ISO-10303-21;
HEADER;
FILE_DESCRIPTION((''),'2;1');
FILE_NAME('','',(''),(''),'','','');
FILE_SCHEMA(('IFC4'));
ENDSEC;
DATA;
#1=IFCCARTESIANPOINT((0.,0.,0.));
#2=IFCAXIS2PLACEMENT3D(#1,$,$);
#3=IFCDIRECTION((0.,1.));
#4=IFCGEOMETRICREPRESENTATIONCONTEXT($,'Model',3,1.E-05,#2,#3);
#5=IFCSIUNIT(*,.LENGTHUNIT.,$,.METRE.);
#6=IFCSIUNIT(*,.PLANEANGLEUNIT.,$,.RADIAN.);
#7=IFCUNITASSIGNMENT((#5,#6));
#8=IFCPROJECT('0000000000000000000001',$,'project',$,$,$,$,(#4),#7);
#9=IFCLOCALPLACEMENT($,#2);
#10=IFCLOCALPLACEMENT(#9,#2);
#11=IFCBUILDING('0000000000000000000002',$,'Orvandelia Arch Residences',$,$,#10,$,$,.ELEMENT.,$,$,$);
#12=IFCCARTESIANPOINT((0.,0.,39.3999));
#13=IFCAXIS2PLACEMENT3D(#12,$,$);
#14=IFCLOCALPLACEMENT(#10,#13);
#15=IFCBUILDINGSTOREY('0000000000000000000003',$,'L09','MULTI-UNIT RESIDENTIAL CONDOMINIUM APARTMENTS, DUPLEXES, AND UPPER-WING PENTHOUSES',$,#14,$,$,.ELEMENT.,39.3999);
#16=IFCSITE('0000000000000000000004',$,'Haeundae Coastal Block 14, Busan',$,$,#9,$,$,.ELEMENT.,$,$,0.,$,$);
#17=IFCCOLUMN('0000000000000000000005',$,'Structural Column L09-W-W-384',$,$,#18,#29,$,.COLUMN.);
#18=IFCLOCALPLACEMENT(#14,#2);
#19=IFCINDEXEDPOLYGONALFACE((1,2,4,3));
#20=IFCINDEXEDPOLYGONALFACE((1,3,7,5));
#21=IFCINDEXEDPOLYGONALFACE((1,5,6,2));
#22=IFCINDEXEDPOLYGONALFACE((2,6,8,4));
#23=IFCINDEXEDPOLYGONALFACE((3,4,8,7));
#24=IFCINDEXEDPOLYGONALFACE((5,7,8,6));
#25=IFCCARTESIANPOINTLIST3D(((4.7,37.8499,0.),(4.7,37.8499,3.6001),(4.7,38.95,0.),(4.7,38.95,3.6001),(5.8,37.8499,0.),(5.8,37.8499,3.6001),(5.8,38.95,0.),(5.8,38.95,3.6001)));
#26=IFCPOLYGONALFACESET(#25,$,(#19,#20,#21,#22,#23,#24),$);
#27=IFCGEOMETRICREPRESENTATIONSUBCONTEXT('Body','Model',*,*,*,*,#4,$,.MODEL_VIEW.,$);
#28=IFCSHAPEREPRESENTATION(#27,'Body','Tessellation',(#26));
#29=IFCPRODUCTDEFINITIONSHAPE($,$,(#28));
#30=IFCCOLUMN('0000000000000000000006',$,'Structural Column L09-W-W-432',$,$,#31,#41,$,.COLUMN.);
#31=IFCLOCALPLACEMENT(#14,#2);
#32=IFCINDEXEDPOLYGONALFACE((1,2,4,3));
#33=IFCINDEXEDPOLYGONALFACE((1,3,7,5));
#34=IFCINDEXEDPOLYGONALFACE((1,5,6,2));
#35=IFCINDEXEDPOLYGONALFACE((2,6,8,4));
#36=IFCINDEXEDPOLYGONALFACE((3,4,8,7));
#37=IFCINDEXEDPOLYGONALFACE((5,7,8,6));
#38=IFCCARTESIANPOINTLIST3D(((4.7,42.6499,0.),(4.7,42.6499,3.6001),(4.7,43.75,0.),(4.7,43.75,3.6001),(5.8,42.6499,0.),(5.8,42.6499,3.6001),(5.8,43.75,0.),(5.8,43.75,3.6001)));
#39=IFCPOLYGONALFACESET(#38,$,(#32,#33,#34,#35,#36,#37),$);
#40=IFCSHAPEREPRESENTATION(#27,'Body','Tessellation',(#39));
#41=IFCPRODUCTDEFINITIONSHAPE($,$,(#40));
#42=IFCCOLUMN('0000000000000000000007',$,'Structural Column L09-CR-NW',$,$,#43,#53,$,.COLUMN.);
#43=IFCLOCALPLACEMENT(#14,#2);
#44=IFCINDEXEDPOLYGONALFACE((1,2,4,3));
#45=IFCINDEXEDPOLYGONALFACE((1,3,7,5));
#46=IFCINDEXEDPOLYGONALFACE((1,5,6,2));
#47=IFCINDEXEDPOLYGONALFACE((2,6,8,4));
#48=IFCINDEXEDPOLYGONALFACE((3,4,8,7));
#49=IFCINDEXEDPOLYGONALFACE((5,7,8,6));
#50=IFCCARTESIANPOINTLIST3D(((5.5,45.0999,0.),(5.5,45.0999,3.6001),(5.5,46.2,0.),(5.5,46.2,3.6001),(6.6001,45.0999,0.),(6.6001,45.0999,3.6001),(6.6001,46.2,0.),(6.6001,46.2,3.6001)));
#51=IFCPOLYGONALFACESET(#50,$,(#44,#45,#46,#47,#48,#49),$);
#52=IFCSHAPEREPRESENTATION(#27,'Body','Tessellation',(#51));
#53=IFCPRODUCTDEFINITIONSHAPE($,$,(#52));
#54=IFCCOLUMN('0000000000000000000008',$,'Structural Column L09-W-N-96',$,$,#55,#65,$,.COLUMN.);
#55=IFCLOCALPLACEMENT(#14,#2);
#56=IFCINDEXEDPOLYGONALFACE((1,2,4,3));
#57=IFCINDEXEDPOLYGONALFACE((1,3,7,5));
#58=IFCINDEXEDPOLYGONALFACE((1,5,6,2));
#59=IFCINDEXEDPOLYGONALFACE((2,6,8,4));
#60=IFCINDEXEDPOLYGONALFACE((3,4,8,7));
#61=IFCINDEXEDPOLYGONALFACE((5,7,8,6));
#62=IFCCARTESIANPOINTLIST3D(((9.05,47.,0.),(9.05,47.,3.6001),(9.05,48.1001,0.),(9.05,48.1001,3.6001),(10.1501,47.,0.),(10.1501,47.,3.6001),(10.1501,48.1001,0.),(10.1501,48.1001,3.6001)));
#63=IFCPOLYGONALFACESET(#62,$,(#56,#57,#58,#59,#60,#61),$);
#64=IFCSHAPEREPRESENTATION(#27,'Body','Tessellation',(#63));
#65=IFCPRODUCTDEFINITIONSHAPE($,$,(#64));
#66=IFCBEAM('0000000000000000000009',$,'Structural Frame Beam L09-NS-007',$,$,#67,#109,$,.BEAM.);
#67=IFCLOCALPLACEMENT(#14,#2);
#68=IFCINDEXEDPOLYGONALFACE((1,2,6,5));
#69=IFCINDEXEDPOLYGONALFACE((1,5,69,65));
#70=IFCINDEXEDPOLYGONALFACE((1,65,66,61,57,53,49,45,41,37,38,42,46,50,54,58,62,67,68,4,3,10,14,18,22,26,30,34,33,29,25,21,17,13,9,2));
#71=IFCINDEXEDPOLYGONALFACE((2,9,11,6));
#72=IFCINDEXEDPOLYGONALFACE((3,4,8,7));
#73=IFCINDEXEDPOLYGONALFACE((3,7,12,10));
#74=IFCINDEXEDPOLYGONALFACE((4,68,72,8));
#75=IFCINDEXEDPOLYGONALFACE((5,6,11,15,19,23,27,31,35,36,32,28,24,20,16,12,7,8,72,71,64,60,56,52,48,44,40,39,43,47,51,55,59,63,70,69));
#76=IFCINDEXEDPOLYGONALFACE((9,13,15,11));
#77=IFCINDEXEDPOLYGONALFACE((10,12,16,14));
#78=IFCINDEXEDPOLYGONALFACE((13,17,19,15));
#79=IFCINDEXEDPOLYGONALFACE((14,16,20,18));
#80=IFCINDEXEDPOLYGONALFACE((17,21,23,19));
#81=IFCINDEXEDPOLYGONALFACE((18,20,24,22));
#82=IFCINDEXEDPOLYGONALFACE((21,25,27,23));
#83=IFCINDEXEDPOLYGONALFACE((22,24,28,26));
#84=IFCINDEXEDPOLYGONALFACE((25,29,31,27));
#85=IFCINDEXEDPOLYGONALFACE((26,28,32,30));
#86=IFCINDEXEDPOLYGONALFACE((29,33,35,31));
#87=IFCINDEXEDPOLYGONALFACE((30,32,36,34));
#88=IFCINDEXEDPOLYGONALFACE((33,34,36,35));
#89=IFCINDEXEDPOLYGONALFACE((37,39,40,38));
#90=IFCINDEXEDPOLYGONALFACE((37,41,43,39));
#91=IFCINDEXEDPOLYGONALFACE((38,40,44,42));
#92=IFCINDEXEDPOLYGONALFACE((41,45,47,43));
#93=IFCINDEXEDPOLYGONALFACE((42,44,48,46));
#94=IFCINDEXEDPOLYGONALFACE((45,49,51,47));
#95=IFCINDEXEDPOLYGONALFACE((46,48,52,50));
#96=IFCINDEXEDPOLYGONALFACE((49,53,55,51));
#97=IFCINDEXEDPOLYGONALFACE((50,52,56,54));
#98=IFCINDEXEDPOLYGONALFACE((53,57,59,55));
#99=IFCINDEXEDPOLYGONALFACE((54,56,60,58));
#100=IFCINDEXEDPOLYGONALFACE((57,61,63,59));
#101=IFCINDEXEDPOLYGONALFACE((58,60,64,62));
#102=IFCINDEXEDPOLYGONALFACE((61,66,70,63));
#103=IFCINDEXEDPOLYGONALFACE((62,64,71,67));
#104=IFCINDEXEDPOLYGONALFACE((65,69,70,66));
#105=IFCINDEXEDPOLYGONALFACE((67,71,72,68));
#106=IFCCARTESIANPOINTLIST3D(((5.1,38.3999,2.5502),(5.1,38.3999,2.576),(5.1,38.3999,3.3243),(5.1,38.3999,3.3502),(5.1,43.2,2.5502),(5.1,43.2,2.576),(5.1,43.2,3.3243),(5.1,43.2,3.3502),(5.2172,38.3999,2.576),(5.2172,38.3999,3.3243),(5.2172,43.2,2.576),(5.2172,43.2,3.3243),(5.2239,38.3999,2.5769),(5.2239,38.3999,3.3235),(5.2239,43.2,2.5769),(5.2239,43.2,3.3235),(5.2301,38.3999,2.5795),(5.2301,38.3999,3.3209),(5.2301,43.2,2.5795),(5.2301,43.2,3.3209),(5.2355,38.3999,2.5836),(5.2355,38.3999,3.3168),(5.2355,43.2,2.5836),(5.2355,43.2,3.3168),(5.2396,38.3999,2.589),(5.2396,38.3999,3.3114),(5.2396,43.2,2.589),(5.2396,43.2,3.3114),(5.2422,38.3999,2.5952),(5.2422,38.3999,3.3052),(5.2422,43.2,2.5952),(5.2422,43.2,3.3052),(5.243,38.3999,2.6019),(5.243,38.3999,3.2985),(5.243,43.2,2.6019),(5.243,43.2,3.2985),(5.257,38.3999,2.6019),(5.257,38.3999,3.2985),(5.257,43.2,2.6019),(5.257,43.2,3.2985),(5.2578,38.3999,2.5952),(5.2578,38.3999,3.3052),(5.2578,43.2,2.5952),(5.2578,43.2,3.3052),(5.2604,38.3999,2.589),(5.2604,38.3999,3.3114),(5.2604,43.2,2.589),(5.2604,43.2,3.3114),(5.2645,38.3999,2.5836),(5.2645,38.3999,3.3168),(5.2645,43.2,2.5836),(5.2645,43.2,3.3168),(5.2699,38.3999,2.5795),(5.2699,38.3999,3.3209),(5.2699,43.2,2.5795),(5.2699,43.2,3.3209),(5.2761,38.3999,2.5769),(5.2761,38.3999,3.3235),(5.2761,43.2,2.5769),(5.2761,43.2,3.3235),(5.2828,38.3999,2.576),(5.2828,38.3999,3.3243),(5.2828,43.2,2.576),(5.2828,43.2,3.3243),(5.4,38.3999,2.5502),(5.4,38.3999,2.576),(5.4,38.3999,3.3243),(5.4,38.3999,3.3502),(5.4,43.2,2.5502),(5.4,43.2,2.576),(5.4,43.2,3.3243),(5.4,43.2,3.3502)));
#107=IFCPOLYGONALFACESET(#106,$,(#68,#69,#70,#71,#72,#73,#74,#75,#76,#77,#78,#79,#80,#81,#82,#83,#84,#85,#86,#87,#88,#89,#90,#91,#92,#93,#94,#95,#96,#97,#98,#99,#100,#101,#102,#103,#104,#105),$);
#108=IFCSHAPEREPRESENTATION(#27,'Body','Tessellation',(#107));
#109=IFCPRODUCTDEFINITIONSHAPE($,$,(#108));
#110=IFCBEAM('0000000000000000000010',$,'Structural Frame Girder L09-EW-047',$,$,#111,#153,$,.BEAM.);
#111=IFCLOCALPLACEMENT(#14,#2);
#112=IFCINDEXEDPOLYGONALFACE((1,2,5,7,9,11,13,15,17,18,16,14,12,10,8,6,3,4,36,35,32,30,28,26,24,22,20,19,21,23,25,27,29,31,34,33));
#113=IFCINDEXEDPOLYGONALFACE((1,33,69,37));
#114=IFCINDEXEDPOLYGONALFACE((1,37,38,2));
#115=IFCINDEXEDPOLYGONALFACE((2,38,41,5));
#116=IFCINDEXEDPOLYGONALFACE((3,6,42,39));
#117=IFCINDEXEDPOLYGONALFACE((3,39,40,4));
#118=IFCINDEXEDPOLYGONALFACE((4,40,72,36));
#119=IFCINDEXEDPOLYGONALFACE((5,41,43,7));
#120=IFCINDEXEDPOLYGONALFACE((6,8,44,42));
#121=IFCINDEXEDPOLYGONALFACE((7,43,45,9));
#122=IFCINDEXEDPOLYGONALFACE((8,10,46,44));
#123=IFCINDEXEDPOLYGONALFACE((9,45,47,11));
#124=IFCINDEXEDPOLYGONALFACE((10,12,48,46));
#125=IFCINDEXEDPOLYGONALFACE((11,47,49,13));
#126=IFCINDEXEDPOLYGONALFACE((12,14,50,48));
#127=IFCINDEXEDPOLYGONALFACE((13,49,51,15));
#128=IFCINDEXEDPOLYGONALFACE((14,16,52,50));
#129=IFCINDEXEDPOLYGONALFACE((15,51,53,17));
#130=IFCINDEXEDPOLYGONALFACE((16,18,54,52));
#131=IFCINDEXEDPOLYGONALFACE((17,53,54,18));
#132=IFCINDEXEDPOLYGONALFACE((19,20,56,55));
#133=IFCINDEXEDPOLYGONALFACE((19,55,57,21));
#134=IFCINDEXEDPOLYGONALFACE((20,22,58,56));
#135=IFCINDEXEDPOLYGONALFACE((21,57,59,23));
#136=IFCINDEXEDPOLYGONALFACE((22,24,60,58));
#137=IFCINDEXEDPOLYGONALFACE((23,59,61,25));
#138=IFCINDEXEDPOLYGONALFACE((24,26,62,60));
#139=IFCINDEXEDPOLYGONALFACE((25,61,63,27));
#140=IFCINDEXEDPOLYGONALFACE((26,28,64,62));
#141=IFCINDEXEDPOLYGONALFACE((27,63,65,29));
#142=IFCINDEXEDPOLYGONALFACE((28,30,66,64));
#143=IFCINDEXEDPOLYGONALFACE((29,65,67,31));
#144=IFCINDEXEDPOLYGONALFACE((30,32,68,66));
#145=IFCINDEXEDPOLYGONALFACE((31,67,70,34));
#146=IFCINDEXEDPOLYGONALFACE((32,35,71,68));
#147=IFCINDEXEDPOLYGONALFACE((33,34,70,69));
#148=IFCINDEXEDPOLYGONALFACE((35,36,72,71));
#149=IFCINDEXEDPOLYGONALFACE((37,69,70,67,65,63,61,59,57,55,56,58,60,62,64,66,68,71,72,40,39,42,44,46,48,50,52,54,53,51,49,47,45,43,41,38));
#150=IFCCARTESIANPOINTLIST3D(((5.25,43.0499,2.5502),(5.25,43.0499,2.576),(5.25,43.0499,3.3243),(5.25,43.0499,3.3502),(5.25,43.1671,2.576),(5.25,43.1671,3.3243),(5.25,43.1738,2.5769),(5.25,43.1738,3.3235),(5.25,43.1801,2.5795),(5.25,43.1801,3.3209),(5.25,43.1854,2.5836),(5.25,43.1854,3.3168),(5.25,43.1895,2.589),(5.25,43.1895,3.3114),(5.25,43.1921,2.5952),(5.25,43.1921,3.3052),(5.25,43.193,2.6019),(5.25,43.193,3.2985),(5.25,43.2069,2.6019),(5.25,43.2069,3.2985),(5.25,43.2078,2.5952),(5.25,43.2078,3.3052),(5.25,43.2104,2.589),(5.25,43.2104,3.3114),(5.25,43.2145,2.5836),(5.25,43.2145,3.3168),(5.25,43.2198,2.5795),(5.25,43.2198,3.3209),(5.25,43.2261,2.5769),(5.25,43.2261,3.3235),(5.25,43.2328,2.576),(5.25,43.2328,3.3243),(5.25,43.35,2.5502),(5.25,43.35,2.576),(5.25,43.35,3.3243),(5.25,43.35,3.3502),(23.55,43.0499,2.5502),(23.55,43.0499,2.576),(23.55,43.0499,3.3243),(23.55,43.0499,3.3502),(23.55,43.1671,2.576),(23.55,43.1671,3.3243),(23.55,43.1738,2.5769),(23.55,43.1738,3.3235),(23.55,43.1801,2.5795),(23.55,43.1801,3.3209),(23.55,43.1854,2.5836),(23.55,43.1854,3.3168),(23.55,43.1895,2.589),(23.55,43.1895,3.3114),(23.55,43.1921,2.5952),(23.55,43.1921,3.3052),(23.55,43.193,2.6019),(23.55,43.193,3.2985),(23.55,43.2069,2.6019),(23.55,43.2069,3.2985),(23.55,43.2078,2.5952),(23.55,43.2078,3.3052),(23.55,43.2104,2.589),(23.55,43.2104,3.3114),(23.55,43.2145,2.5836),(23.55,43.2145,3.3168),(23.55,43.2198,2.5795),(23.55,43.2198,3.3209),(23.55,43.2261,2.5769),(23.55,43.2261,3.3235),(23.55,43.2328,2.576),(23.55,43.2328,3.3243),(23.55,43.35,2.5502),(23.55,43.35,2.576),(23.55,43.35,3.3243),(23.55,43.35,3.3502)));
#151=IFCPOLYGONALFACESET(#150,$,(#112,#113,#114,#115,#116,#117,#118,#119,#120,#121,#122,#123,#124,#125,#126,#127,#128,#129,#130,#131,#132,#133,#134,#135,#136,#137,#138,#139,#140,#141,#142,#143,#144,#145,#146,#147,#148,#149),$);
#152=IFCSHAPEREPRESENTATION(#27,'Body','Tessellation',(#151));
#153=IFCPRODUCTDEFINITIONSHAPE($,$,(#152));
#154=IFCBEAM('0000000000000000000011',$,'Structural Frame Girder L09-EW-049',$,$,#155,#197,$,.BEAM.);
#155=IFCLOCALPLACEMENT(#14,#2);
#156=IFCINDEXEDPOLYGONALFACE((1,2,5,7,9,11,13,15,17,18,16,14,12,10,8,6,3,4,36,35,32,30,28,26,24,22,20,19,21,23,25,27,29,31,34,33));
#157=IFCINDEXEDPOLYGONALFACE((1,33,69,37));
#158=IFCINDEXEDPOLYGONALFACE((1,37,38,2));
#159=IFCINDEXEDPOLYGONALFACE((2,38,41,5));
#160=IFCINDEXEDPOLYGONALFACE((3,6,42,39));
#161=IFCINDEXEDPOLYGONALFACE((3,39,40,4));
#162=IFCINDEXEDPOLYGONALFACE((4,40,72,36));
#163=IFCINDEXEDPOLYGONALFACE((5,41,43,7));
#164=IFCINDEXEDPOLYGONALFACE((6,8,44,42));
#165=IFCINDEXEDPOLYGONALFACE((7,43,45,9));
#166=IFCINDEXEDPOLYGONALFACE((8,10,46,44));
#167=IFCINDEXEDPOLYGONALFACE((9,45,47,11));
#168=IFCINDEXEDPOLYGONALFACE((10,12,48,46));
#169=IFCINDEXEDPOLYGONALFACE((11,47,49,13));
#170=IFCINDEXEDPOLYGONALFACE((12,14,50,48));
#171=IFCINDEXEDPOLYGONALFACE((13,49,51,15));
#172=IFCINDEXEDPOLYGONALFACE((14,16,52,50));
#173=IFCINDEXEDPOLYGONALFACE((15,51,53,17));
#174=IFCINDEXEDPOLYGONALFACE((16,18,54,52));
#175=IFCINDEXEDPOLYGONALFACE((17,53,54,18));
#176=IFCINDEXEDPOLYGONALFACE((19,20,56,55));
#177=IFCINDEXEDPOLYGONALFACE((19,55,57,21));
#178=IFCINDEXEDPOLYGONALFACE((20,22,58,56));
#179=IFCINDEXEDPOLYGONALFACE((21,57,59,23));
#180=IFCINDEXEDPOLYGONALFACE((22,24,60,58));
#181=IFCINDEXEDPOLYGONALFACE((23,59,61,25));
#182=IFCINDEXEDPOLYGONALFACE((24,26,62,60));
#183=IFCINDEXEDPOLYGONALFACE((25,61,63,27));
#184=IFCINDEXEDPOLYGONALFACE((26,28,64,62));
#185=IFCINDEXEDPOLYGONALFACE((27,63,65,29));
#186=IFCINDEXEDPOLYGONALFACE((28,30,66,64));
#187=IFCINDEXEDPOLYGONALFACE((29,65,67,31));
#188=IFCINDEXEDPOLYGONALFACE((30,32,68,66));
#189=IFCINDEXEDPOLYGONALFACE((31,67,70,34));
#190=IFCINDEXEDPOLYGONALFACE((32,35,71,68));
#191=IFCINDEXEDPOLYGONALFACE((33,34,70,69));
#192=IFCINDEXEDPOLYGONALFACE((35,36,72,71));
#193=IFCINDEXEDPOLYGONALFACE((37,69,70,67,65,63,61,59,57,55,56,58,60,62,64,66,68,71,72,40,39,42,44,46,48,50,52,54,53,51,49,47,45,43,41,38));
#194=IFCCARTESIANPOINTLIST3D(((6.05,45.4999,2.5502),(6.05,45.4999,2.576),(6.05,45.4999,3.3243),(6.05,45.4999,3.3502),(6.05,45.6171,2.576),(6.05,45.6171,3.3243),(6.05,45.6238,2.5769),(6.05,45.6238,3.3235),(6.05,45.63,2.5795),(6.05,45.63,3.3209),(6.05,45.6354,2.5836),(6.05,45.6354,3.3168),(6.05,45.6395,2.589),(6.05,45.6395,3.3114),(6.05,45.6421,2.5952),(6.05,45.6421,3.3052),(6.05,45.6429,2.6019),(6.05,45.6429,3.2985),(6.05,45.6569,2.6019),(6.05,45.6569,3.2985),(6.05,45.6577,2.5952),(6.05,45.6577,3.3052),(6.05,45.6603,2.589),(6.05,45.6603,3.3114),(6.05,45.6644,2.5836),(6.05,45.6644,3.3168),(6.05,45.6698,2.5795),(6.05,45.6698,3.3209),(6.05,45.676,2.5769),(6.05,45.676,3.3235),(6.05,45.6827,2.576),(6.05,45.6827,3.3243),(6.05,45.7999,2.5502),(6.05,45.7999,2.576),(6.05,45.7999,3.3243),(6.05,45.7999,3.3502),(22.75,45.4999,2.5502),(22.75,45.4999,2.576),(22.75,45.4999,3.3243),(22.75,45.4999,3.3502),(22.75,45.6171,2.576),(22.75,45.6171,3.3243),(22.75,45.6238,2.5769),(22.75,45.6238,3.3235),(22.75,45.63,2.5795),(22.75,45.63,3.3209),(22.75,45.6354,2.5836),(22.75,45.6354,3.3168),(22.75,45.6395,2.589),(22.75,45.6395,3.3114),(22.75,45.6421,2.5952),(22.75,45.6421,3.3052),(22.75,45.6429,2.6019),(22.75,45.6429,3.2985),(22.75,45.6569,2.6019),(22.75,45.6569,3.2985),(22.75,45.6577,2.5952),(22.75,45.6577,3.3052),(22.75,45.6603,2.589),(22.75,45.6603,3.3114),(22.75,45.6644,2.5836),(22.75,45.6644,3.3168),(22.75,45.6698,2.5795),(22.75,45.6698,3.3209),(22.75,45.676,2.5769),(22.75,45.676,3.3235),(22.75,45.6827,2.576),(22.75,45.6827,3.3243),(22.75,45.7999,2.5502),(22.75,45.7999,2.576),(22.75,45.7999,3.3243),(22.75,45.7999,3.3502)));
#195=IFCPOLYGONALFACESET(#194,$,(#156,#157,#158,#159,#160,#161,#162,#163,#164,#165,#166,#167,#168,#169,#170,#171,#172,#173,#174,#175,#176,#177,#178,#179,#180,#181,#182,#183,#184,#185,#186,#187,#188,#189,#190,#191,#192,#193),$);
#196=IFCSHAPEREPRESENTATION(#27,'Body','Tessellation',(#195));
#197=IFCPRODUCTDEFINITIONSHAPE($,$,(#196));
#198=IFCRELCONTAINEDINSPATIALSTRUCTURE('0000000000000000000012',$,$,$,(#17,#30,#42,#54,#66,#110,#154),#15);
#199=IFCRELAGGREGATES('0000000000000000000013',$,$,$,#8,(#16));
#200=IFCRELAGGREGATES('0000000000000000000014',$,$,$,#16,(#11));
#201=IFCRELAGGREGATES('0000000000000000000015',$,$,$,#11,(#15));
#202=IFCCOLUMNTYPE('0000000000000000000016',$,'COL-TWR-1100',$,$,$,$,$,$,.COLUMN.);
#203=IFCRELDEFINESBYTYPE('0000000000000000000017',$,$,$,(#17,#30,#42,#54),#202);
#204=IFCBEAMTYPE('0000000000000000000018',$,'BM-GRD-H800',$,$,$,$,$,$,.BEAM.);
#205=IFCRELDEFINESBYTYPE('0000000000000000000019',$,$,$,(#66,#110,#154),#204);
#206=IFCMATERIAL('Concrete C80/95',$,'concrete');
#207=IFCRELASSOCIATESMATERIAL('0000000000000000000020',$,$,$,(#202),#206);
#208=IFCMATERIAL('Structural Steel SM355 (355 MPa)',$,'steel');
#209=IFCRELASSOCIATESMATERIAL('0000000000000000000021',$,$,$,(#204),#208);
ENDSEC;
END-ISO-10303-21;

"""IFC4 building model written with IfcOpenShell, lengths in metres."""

from ifc_helpers import new_model, si_unit, direction, frame, origin, origin_2d, place, context, subcontext, project, spatial, rectangle, i_section, extrude, material, material_profile, profile_set, type_object, element, save


model = new_model("IFC4")

# Units and contexts
model_context = context("Model", 3, precision=1e-05, world=origin(), true_north=direction((0.0, 1.0)))
body_context = subcontext(model_context, "Body", "Model", "MODEL_VIEW")
ifc_project = project(units=[si_unit("LENGTHUNIT", "METRE"), si_unit("PLANEANGLEUNIT", "RADIAN")], contexts=[model_context])

# Site, building, storey
site_placement = place(None, origin())
site = spatial("IfcSite", under=ifc_project, at=site_placement, Name="Haeundae Coastal Block 14, Busan", CompositionType="ELEMENT", RefElevation=0.0)
building_placement = place(site_placement, origin())
building = spatial("IfcBuilding", under=site, at=building_placement, Name="Orvandelia Arch Residences", CompositionType="ELEMENT")
storey_placement = place(building_placement, frame((0.0, 0.0, 39.3999)))
storey = spatial("IfcBuildingStorey", under=building, at=storey_placement, Name="L09", Description="MULTI-UNIT RESIDENTIAL CONDOMINIUM APARTMENTS, DUPLEXES, AND UPPER-WING PENTHOUSES", CompositionType="ELEMENT", Elevation=39.3999)

# Columns
ifc_material_1 = material(Name="Concrete C80/95", Category="concrete")
ifc_material_profile_1 = material_profile(ifc_material_1, rectangle(XDim=1.1001, YDim=1.1001, at=origin_2d()), Name="Concrete C80/95", Category="concrete")
ifc_profile_set_1 = profile_set([ifc_material_profile_1], Name="Concrete C80/95")
column_type = type_object("IfcColumnType", Name="COL-TWR-1100", PredefinedType="COLUMN", material=ifc_profile_set_1)
for number, where, z_axis, x_axis, name in (
    (1, (5.25, 38.3999, 0.0), (0.0, 0.0, 1.0), (1.0, 0.0, 0.0), "Structural Column L09-W-W-384"),
    (2, (5.25, 43.2, 0.0), (0.0, 0.0, 1.0), (1.0, 0.0, 0.0), "Structural Column L09-W-W-432"),
    (3, (6.05, 45.6499, 0.0), (0.0, 0.0, 1.0), (1.0, 0.0, 0.0), "Structural Column L09-CR-NW"),
    (4, (9.6001, 47.55, 0.0), (0.0, 0.0, 1.0), (1.0, 0.0, 0.0), "Structural Column L09-W-N-96"),
):
    element("IfcColumn", number, at=place(storey_placement, frame(where, z_axis=z_axis, x_axis=x_axis)), inside=storey, type_object=column_type, Name=name, PredefinedType="COLUMN", context=body_context, shape_type="SweptSolid", body=[
        extrude(rectangle(XDim=1.1001, YDim=1.1001, at=origin_2d()), origin(), (0.0, 0.0, 1.0), 3.6001),
    ])

# Beams
ifc_material_2 = material(Name="Structural Steel SM355 (355 MPa)", Category="steel")
ifc_material_profile_2 = material_profile(ifc_material_2, i_section(OverallWidth=0.3, OverallDepth=0.8, WebThickness=0.0139, FlangeThickness=0.0259, FilletRadius=0.0259, at=origin_2d()), Name="Structural Steel SM355 (355 MPa)", Category="steel")
ifc_profile_set_2 = profile_set([ifc_material_profile_2], Name="Structural Steel SM355 (355 MPa)")
beam_type = type_object("IfcBeamType", Name="BM-GRD-H800", PredefinedType="BEAM", material=ifc_profile_set_2)
beam_1_placement = place(storey_placement, frame((5.25, 38.3999, 2.9502), z_axis=(0.0, 1.0, 0.0), x_axis=(-1.0, 0.0, 0.0)))
element("IfcBeam", 5, at=beam_1_placement, inside=storey, type_object=beam_type, Name="Structural Frame Beam L09-NS-007", PredefinedType="BEAM", context=body_context, shape_type="SweptSolid", body=[
    extrude(i_section(OverallWidth=0.3, OverallDepth=0.8, WebThickness=0.0139, FlangeThickness=0.0259, FilletRadius=0.0259, at=origin_2d()), origin(), (0.0, 0.0, 1.0), 4.8),
])
beam_2_placement = place(storey_placement, frame((5.25, 43.2, 2.9502), z_axis=(1.0, 0.0, 0.0), x_axis=(0.0, 1.0, 0.0)))
element("IfcBeam", 6, at=beam_2_placement, inside=storey, type_object=beam_type, Name="Structural Frame Girder L09-EW-047", PredefinedType="BEAM", context=body_context, shape_type="SweptSolid", body=[
    extrude(i_section(OverallWidth=0.3, OverallDepth=0.8, WebThickness=0.0139, FlangeThickness=0.0259, FilletRadius=0.0259, at=origin_2d()), origin(), (0.0, 0.0, 1.0), 18.3),
])
beam_3_placement = place(storey_placement, frame((6.05, 45.6499, 2.9502), z_axis=(1.0, 0.0, 0.0), x_axis=(0.0, 1.0, 0.0)))
element("IfcBeam", 7, at=beam_3_placement, inside=storey, type_object=beam_type, Name="Structural Frame Girder L09-EW-049", PredefinedType="BEAM", context=body_context, shape_type="SweptSolid", body=[
    extrude(i_section(OverallWidth=0.3, OverallDepth=0.8, WebThickness=0.0139, FlangeThickness=0.0259, FilletRadius=0.0259, at=origin_2d()), origin(), (0.0, 0.0, 1.0), 16.7),
])

save(model, "model.ifc")
